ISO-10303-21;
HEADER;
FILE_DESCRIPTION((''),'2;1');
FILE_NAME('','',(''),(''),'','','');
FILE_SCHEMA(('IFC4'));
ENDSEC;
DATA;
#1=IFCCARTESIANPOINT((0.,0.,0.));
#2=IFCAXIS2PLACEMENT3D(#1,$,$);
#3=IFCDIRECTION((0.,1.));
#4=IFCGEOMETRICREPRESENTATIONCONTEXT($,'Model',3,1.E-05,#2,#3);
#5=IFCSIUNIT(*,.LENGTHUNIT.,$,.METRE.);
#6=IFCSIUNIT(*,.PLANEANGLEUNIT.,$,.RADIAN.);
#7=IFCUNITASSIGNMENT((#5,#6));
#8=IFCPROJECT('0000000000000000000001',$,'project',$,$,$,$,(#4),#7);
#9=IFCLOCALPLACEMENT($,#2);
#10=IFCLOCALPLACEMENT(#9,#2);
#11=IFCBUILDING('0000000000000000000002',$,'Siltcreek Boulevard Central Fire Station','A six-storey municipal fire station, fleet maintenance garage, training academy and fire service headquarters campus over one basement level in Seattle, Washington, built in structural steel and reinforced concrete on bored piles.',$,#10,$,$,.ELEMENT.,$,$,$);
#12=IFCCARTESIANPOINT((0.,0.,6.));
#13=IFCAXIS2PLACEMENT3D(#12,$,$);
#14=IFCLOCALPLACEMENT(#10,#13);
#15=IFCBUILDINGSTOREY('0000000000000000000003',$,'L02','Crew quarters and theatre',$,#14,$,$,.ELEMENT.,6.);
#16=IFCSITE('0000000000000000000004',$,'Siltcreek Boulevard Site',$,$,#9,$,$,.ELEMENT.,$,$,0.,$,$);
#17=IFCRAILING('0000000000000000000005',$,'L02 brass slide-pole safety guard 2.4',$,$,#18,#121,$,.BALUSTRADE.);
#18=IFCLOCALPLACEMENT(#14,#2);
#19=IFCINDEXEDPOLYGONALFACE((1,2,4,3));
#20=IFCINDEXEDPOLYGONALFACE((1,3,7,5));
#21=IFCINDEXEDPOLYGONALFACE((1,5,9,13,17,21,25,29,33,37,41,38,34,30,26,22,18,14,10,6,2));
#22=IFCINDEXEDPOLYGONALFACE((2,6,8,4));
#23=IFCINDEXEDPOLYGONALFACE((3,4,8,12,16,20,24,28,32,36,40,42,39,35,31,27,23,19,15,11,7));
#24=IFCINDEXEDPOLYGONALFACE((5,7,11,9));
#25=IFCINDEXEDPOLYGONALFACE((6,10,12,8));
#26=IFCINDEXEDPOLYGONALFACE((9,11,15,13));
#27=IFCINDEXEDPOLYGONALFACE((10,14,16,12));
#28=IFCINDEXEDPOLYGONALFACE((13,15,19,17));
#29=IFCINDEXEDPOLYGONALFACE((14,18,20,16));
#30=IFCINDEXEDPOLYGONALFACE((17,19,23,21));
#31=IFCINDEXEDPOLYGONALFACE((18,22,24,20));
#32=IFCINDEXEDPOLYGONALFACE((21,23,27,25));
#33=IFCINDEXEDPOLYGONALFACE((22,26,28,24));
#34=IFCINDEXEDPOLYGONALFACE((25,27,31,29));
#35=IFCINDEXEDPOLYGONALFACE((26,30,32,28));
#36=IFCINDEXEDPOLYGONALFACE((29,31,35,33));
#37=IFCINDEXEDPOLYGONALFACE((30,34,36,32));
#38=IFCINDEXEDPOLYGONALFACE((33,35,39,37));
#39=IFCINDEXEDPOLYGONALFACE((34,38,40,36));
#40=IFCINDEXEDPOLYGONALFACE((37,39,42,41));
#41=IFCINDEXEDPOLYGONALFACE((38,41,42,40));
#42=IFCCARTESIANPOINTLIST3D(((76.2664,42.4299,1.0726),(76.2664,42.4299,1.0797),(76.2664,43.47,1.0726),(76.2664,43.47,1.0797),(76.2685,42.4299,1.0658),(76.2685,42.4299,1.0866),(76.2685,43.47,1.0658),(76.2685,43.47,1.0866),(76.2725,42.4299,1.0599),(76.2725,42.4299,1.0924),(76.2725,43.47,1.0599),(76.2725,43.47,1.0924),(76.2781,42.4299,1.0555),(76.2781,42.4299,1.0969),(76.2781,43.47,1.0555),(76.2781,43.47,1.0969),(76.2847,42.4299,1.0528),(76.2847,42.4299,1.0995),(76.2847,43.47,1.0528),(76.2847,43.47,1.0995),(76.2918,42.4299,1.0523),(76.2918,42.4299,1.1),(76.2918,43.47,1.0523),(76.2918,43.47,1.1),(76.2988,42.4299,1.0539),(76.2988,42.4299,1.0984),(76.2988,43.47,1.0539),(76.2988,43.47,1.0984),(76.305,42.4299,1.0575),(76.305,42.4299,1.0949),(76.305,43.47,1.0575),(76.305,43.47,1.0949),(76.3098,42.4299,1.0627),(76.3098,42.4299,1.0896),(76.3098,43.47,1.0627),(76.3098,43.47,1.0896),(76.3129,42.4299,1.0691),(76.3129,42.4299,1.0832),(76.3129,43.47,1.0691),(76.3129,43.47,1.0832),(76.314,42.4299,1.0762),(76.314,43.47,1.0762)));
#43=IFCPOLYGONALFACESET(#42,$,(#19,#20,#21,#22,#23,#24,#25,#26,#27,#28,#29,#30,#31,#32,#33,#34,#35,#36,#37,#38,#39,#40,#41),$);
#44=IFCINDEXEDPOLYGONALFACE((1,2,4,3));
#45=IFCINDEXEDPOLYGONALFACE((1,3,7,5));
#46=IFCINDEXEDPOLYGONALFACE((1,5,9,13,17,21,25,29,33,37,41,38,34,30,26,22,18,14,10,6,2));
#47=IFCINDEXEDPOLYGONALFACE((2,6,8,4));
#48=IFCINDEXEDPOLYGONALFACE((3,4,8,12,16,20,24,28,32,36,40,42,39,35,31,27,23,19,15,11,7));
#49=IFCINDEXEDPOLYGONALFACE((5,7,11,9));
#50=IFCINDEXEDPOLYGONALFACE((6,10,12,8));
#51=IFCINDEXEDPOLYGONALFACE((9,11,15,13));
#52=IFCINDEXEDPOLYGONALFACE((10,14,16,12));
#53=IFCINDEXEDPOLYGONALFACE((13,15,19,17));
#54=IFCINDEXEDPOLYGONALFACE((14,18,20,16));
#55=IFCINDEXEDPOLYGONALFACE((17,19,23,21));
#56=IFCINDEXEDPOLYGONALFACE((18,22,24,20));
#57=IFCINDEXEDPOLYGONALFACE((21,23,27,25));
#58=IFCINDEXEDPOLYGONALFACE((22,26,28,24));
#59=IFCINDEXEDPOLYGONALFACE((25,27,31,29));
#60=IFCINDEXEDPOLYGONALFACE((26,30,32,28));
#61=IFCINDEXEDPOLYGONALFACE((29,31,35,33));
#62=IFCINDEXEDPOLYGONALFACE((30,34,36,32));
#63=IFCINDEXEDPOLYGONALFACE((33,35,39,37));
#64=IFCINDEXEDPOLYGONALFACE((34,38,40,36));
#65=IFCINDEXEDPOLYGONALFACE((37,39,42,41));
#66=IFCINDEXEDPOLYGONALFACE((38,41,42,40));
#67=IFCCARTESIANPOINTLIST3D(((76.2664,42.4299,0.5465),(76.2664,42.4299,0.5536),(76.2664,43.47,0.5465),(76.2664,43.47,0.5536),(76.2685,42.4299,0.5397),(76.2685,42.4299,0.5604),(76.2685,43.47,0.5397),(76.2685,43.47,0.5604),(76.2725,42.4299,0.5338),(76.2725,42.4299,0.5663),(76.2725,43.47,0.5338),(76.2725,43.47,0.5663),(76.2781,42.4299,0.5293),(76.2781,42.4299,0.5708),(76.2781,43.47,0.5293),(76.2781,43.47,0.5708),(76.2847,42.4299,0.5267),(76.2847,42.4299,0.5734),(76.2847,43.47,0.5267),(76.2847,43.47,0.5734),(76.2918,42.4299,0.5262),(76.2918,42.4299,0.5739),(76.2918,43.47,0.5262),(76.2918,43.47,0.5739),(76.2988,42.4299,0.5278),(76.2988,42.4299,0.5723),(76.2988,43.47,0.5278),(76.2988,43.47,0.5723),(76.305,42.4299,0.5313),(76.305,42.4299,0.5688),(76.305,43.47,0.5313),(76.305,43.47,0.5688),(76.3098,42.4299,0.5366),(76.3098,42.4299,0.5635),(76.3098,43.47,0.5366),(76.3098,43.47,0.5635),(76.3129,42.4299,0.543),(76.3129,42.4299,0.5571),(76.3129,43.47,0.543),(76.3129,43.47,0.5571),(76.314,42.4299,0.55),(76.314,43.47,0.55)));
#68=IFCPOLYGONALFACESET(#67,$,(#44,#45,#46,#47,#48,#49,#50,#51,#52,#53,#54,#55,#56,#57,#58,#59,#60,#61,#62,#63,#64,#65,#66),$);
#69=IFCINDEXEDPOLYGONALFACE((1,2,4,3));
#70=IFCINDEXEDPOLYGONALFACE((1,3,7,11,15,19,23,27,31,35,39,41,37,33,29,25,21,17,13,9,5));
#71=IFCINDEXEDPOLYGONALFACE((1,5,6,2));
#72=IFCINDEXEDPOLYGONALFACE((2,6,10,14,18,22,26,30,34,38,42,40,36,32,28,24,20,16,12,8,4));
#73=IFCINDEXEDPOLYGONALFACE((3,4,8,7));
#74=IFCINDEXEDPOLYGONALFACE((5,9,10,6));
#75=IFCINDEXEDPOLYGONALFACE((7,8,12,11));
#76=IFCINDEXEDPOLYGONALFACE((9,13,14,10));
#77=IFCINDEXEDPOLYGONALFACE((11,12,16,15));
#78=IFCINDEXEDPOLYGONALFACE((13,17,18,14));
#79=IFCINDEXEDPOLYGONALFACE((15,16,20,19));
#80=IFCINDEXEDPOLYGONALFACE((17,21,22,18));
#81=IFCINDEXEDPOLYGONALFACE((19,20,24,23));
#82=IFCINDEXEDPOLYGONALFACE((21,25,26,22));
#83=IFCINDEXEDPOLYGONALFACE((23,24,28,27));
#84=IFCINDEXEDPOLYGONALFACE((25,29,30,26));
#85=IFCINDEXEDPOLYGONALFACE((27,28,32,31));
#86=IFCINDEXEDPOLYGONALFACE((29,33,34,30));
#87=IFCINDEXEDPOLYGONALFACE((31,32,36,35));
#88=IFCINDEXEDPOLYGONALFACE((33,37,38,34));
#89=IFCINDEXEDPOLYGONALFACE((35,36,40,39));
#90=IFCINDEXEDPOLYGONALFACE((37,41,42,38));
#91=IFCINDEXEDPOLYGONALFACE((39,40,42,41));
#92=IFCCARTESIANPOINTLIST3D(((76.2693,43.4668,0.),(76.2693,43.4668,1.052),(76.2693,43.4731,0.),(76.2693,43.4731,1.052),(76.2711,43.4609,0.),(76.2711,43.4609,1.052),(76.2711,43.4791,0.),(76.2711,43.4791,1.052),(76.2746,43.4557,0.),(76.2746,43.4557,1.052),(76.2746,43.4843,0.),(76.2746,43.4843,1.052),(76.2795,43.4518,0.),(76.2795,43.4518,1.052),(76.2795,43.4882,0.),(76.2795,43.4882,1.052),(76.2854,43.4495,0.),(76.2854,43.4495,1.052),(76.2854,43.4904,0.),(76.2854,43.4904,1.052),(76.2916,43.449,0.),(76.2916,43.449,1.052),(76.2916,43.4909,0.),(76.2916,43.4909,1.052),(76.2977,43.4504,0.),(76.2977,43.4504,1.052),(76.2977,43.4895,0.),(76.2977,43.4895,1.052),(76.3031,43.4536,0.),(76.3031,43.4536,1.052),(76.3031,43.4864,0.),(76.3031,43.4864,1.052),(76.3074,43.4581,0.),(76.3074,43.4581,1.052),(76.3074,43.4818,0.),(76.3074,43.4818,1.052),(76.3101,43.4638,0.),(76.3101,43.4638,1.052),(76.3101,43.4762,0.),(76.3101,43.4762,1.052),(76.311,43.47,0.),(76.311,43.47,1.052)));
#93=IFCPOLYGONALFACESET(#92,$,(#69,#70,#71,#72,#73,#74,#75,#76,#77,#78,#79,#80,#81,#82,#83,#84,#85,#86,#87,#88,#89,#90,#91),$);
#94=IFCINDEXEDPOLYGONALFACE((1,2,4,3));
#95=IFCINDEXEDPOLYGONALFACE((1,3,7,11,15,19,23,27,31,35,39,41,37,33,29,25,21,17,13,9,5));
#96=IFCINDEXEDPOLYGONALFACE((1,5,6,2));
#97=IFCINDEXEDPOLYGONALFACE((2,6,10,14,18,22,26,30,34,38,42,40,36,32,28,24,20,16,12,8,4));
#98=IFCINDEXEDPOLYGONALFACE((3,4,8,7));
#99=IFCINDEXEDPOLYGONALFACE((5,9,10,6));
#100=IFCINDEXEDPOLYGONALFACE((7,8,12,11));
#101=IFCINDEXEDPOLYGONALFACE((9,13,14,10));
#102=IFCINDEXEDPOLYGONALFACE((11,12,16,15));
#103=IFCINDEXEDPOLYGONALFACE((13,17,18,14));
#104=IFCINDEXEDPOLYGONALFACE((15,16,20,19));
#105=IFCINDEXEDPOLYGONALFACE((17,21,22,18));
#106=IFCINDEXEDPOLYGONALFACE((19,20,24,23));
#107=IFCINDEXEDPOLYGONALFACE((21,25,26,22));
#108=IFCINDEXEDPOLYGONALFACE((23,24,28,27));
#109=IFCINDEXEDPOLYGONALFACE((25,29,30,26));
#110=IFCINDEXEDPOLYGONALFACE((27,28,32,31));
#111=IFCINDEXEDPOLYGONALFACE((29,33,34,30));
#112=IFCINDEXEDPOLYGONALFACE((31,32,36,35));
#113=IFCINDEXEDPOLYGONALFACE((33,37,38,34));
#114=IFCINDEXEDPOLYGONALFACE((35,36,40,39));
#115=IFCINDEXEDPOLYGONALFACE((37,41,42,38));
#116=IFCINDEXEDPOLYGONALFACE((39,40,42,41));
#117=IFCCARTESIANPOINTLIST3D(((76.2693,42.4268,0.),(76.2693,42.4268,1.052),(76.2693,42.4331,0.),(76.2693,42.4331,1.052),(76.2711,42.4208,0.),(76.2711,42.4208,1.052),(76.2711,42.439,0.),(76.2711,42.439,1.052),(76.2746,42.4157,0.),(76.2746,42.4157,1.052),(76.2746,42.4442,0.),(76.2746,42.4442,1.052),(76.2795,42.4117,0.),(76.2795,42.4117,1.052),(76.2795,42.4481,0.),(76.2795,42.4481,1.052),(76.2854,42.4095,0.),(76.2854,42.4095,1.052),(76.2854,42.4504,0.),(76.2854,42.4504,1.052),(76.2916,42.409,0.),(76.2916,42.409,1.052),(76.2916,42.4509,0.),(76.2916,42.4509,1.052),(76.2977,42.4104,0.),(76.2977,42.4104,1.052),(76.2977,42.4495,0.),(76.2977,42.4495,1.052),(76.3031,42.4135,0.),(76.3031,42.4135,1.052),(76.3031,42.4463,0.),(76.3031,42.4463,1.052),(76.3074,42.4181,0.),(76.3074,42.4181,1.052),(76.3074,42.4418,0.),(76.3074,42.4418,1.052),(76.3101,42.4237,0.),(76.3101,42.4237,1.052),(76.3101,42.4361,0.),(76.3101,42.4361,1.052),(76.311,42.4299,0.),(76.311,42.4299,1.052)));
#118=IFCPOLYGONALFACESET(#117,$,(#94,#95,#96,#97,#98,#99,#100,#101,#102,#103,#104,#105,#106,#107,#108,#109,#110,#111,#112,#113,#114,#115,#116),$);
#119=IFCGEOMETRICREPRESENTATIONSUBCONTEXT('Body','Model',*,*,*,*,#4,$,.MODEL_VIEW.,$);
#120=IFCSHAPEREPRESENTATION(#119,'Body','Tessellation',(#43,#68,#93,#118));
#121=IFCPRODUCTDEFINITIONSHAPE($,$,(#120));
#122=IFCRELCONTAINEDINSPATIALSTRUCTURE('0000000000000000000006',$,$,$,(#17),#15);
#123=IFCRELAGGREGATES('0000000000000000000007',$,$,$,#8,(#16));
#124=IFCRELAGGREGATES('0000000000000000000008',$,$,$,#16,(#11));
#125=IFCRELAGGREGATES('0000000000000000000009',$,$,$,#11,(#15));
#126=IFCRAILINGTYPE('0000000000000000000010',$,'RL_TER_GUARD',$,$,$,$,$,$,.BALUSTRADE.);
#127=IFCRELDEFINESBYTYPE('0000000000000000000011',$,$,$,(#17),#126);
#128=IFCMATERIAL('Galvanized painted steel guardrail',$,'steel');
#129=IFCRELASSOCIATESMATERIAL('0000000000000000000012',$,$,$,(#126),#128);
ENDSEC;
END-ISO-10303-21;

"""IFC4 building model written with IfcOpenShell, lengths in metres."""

from ifc_helpers import new_model, si_unit, direction, frame, origin, origin_2d, place, context, subcontext, project, spatial, circle, extrude, material, type_object, element, save


model = new_model("IFC4")

# Units and contexts
model_context = context("Model", 3, precision=1e-05, world=origin(), true_north=direction((0.0, 1.0)))
body_context = subcontext(model_context, "Body", "Model", "MODEL_VIEW")
ifc_project = project(units=[si_unit("LENGTHUNIT", "METRE"), si_unit("PLANEANGLEUNIT", "RADIAN")], contexts=[model_context])

# Site, building, storey
site_placement = place(None, origin())
site = spatial("IfcSite", under=ifc_project, at=site_placement, Name="Siltcreek Boulevard Site", CompositionType="ELEMENT", RefElevation=0.0)
building_placement = place(site_placement, origin())
building = spatial("IfcBuilding", under=site, at=building_placement, Name="Siltcreek Boulevard Central Fire Station", Description="A six-storey municipal fire station, fleet maintenance garage, training academy and fire service headquarters campus over one basement level in Seattle, Washington, built in structural steel and reinforced concrete on bored piles.", CompositionType="ELEMENT")
storey_placement = place(building_placement, frame((0.0, 0.0, 6.0)))
storey = spatial("IfcBuildingStorey", under=building, at=storey_placement, Name="L02", Description="Crew quarters and theatre", CompositionType="ELEMENT", Elevation=6.0)

# Railing
ifc_material_1 = material(Name="Galvanized painted steel guardrail", Category="steel")
railing_type = type_object("IfcRailingType", Name="RL_TER_GUARD", PredefinedType="BALUSTRADE", material=ifc_material_1)
railing_1_placement = place(storey_placement, frame((76.29, 43.47, 0.0)))
element("IfcRailing", 1, at=railing_1_placement, inside=storey, type_object=railing_type, Name="L02 brass slide-pole safety guard 2.4", PredefinedType="BALUSTRADE", context=body_context, shape_type="SweptSolid", body=[
    extrude(circle(Radius=0.0239, at=origin_2d()), frame((0.0, 0.0, 1.0762), z_axis=(0.0, -1.0, 0.0), x_axis=(1.0, 0.0, 0.0)), (0.0, 0.0, 1.0), 1.04),
    extrude(circle(Radius=0.0239, at=origin_2d()), frame((0.0, 0.0, 0.55), z_axis=(0.0, -1.0, 0.0), x_axis=(1.0, 0.0, 0.0)), (0.0, 0.0, 1.0), 1.04),
    extrude(circle(Radius=0.021, at=origin_2d()), origin(), (0.0, 0.0, 1.0), 1.052),
    extrude(circle(Radius=0.021, at=origin_2d()), frame((0.0, -1.04, 0.0)), (0.0, 0.0, 1.0), 1.052),
])

save(model, "model.ifc")
